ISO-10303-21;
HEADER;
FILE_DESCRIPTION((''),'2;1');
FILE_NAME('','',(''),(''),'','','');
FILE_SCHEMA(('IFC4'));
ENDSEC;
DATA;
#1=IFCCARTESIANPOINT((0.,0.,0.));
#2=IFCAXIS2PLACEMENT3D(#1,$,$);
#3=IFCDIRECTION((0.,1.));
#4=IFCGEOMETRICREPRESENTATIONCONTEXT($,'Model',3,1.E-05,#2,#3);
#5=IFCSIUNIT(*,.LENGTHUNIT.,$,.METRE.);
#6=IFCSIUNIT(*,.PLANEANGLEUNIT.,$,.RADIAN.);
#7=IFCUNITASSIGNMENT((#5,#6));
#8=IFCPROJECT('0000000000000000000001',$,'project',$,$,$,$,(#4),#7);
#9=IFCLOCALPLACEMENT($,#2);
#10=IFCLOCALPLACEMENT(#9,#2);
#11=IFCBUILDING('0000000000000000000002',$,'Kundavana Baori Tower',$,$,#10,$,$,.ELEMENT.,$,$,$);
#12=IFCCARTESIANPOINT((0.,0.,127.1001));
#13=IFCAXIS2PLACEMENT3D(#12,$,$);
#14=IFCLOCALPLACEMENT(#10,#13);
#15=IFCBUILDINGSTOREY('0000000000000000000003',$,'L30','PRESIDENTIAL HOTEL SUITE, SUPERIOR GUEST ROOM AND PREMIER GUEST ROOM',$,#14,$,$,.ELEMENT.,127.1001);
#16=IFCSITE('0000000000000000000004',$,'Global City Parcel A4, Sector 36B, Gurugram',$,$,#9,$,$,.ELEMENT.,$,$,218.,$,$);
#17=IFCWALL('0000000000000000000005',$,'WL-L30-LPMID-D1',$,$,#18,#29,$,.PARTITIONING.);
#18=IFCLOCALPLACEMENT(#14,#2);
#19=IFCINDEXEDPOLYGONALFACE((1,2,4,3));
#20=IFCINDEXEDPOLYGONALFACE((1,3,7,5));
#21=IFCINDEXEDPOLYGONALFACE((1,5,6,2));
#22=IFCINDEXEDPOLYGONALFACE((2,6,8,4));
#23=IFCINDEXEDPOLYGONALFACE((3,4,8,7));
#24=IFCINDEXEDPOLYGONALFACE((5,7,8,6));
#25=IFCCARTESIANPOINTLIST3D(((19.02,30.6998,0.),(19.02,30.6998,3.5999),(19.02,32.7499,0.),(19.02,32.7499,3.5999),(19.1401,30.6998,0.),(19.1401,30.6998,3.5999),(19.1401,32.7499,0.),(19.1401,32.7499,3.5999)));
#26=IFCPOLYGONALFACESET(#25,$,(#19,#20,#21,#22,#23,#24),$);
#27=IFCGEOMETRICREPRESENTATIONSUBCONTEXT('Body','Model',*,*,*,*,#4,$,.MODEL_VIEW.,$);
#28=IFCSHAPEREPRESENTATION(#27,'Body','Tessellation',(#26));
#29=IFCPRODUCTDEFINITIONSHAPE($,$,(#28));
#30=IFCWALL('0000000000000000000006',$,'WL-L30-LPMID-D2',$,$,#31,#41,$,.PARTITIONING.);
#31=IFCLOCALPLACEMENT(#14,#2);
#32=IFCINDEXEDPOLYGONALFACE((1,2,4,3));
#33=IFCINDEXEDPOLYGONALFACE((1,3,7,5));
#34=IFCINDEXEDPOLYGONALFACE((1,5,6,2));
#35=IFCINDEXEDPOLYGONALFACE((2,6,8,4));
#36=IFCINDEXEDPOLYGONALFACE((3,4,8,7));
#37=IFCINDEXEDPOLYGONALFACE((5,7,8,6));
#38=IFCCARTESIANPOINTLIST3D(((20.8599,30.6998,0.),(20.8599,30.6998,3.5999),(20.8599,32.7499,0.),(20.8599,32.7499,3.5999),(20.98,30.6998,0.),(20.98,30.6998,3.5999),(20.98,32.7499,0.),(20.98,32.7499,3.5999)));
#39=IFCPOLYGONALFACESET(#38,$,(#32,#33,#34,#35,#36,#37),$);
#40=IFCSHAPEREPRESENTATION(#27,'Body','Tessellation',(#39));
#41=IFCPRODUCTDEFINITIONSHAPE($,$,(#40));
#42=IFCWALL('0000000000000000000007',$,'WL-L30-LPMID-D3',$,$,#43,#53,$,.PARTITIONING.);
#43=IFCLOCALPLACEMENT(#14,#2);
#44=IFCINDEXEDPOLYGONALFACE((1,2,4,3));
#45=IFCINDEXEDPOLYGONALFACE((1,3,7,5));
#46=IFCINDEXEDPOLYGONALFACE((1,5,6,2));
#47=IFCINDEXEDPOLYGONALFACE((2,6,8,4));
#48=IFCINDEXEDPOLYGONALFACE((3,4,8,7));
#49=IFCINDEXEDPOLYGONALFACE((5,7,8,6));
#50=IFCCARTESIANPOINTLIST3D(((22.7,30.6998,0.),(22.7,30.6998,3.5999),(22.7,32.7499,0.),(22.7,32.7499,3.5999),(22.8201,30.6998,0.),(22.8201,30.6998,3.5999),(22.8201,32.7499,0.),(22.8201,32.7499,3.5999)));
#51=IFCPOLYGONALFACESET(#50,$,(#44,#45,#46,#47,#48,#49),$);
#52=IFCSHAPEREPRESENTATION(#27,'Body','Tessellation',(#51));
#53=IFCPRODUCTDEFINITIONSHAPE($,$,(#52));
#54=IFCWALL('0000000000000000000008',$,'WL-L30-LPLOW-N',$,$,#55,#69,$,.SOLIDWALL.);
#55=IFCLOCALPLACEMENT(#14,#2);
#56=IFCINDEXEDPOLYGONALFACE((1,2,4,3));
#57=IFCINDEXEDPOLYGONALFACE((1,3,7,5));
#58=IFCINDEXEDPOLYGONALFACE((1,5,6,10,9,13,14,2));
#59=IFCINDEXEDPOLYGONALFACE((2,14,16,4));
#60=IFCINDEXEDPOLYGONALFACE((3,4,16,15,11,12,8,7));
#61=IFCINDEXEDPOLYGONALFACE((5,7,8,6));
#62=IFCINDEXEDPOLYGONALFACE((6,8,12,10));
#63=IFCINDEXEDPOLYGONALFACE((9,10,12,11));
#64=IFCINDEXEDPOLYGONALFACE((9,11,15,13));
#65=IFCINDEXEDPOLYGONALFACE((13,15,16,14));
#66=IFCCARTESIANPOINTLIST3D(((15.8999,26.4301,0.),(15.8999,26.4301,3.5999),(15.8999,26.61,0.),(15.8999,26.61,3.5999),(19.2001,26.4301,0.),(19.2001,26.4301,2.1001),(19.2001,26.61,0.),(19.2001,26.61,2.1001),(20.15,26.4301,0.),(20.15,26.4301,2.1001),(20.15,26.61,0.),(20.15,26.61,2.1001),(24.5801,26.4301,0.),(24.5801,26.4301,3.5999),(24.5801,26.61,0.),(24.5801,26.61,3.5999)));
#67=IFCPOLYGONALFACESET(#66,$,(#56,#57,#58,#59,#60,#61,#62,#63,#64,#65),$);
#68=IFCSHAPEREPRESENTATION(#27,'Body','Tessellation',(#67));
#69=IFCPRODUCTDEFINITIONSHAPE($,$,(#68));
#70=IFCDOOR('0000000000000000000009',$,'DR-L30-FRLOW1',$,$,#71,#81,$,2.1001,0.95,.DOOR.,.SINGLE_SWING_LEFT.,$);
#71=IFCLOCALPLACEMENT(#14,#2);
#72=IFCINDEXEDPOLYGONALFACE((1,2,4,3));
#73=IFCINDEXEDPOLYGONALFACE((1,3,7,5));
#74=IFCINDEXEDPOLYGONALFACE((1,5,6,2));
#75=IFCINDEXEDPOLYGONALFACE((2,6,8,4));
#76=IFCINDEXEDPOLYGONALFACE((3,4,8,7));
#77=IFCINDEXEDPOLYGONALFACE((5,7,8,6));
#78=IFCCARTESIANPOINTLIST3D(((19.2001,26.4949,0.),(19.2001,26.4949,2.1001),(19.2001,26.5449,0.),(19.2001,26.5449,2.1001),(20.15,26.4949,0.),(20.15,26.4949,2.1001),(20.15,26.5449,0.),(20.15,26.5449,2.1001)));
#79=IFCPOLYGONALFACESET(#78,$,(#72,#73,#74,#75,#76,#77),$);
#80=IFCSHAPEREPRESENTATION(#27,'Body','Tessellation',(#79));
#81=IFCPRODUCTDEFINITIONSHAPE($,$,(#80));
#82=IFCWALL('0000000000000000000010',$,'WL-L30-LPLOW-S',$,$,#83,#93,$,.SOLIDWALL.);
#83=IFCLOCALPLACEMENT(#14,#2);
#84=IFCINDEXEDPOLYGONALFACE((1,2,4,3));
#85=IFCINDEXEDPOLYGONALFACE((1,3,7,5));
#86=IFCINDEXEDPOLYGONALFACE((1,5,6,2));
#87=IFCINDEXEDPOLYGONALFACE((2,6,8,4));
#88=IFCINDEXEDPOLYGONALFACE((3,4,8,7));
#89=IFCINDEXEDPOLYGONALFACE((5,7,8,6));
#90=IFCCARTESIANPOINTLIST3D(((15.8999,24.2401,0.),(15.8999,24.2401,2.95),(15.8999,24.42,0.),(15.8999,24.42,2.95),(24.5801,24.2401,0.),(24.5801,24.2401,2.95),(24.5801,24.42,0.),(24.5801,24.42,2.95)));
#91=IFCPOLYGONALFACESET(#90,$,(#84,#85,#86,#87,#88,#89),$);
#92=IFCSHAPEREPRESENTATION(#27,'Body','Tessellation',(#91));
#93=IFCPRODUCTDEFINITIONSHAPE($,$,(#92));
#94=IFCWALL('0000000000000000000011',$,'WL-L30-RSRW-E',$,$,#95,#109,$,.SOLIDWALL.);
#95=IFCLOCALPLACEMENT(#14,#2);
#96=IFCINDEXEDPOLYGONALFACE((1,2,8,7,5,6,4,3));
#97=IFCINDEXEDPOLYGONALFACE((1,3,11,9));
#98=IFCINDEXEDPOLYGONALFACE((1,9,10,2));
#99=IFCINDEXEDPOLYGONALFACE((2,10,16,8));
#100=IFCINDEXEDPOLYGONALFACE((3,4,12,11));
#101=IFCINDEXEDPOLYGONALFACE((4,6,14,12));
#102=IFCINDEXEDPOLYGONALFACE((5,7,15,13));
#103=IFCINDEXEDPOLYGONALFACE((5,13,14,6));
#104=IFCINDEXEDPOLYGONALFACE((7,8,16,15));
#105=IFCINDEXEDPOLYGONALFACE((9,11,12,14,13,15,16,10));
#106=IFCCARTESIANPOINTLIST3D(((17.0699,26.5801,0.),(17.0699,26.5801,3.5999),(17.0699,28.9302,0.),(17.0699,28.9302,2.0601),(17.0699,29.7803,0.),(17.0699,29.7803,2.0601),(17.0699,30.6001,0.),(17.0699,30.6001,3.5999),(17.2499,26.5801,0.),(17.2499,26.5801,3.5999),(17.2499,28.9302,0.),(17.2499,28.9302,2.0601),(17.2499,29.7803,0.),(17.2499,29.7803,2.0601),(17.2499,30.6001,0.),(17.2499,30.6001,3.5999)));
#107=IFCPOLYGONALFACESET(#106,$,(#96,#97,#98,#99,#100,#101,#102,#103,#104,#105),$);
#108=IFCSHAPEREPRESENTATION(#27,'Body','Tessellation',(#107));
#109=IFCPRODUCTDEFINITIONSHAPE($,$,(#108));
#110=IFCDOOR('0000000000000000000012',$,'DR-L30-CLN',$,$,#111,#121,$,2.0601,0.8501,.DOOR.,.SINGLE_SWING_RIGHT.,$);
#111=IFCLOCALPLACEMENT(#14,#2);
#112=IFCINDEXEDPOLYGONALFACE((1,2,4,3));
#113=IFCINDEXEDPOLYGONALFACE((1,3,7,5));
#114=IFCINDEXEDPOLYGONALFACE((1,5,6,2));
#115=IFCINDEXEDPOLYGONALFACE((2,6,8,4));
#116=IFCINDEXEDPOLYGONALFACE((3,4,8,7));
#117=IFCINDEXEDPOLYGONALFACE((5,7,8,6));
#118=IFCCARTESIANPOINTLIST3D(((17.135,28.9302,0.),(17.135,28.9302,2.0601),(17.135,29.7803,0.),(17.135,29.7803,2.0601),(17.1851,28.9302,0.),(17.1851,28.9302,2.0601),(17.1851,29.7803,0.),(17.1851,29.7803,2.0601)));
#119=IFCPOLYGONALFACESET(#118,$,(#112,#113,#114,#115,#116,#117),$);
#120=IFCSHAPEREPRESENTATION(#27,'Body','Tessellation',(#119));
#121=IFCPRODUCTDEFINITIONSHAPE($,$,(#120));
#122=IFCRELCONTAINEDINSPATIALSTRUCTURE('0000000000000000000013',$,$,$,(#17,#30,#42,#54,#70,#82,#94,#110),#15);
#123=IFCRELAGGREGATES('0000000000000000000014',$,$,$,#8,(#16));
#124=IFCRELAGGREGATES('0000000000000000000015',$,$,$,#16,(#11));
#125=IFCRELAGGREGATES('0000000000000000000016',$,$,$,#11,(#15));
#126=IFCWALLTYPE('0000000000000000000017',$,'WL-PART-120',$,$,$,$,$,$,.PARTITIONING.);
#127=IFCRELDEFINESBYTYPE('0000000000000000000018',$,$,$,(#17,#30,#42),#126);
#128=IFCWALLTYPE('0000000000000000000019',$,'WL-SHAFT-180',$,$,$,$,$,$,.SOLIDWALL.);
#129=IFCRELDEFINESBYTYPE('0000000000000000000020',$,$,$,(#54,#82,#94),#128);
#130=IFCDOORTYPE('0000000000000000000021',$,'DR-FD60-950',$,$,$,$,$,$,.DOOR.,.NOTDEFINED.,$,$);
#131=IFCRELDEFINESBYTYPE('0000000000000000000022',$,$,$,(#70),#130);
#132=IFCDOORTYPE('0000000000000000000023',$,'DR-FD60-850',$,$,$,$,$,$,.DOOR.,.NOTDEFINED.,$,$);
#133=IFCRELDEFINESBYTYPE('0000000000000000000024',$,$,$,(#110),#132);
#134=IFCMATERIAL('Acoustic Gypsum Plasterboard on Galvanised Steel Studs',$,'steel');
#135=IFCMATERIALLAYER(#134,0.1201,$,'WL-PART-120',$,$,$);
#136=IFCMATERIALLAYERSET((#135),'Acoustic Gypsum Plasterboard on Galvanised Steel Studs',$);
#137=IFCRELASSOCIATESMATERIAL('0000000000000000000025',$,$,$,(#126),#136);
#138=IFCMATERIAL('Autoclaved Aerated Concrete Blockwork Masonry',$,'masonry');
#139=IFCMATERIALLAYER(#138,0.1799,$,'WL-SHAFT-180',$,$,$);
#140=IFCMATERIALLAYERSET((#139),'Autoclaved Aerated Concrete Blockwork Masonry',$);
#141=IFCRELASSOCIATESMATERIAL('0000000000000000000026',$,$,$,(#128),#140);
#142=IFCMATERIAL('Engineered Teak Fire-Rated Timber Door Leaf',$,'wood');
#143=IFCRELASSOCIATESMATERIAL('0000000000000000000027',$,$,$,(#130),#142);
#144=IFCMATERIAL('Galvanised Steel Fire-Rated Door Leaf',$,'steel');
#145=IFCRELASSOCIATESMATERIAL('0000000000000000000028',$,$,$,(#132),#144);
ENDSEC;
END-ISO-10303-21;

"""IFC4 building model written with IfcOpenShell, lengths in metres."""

from ifc_helpers import new_model, si_unit, direction, frame, frame_2d, origin, place, context, subcontext, project, spatial, rectangle, extrude, material, layer, layer_set, type_object, element, fill, save


model = new_model("IFC4")

# Units and contexts
model_context = context("Model", 3, precision=1e-05, world=origin(), true_north=direction((0.0, 1.0)))
body_context = subcontext(model_context, "Body", "Model", "MODEL_VIEW")
ifc_project = project(units=[si_unit("LENGTHUNIT", "METRE"), si_unit("PLANEANGLEUNIT", "RADIAN")], contexts=[model_context])

# Site, building, storey
site_placement = place(None, origin())
site = spatial("IfcSite", under=ifc_project, at=site_placement, Name="Global City Parcel A4, Sector 36B, Gurugram", CompositionType="ELEMENT", RefElevation=218.0)
building_placement = place(site_placement, origin())
building = spatial("IfcBuilding", under=site, at=building_placement, Name="Kundavana Baori Tower", CompositionType="ELEMENT")
storey_placement = place(building_placement, frame((0.0, 0.0, 127.1001)))
storey = spatial("IfcBuildingStorey", under=building, at=storey_placement, Name="L30", Description="PRESIDENTIAL HOTEL SUITE, SUPERIOR GUEST ROOM AND PREMIER GUEST ROOM", CompositionType="ELEMENT", Elevation=127.1001)

# Walls
ifc_material_1 = material(Name="Acoustic Gypsum Plasterboard on Galvanised Steel Studs", Category="steel")
ifc_layer_1 = layer(ifc_material_1, 0.1201, Name="WL-PART-120")
ifc_layer_set_1 = layer_set([ifc_layer_1], Name="Acoustic Gypsum Plasterboard on Galvanised Steel Studs")
wall_type_1 = type_object("IfcWallType", Name="WL-PART-120", PredefinedType="PARTITIONING", material=ifc_layer_set_1)
for number, where, z_axis, x_axis, name in (
    (1, (19.0801, 30.7, 0.0), (0.0, 0.0, 1.0), (0.0, 1.0, 0.0), "WL-L30-LPMID-D1"),
    (2, (20.9199, 30.7, 0.0), (0.0, 0.0, 1.0), (0.0, 1.0, 0.0), "WL-L30-LPMID-D2"),
    (3, (22.76, 30.7, 0.0), (0.0, 0.0, 1.0), (0.0, 1.0, 0.0), "WL-L30-LPMID-D3"),
):
    element("IfcWall", number, at=place(storey_placement, frame(where, z_axis=z_axis, x_axis=x_axis)), inside=storey, type_object=wall_type_1, Name=name, PredefinedType="PARTITIONING", context=body_context, shape_type="SweptSolid", body=[
        extrude(rectangle(XDim=2.05, YDim=0.1201, at=frame_2d((1.0249, 0.0))), origin(), (0.0, 0.0, 1.0), 3.5999),
    ])

# Wall, opening, door
ifc_material_2 = material(Name="Autoclaved Aerated Concrete Blockwork Masonry", Category="masonry")
ifc_layer_2 = layer(ifc_material_2, 0.1799, Name="WL-SHAFT-180")
ifc_layer_set_2 = layer_set([ifc_layer_2], Name="Autoclaved Aerated Concrete Blockwork Masonry")
wall_type_2 = type_object("IfcWallType", Name="WL-SHAFT-180", PredefinedType="SOLIDWALL", material=ifc_layer_set_2)
wall_1_placement = place(storey_placement, frame((15.8999, 26.52, 0.0), z_axis=(0.0, 0.0, 1.0), x_axis=(1.0, 0.0, 0.0)))
wall_1 = element("IfcWall", 4, at=wall_1_placement, inside=storey, type_object=wall_type_2, Name="WL-L30-LPLOW-N", PredefinedType="SOLIDWALL", context=body_context, shape_type="SweptSolid", body=[
    extrude(rectangle(XDim=8.6802, YDim=0.1799, at=frame_2d((4.3401, 0.0))), origin(), (0.0, 0.0, 1.0), 3.5999),
])
opening_1_placement = place(wall_1_placement, frame((3.3, 0.0, 0.0)))
opening_1 = element("IfcOpeningElement", 5, at=opening_1_placement, cuts=wall_1, PredefinedType="OPENING", context=body_context, shape_type="SweptSolid", body=[
    extrude(rectangle(XDim=0.95, YDim=2.1001, at=frame_2d((0.4751, 1.05))), frame((0.0, 0.1001, 0.0), z_axis=(0.0, -1.0, 0.0), x_axis=(1.0, 0.0, 0.0)), (0.0, 0.0, 1.0), 0.2),
])
ifc_material_3 = material(Name="Engineered Teak Fire-Rated Timber Door Leaf", Category="wood")
door_type_1 = type_object("IfcDoorType", Name="DR-FD60-950", OperationType="NOTDEFINED", PredefinedType="DOOR", material=ifc_material_3)
door_1_placement = place(opening_1_placement, origin())
door_1 = element("IfcDoor", 6, at=door_1_placement, inside=storey, type_object=door_type_1, Name="DR-L30-FRLOW1", OperationType="SINGLE_SWING_LEFT", OverallHeight=2.1001, OverallWidth=0.95, PredefinedType="DOOR", context=body_context, shape_type="SweptSolid", body=[
    extrude(rectangle(XDim=0.95, YDim=2.1001, at=frame_2d((0.4751, 1.05))), frame((0.0, 0.0249, 0.0), z_axis=(0.0, -1.0, 0.0), x_axis=(1.0, 0.0, 0.0)), (0.0, 0.0, 1.0), 0.05),
])
fill(opening_1, door_1)

# Wall
wall_2_placement = place(storey_placement, frame((15.8999, 24.3301, 0.0), z_axis=(0.0, 0.0, 1.0), x_axis=(1.0, 0.0, 0.0)))
element("IfcWall", 7, at=wall_2_placement, inside=storey, type_object=wall_type_2, Name="WL-L30-LPLOW-S", PredefinedType="SOLIDWALL", context=body_context, shape_type="SweptSolid", body=[
    extrude(rectangle(XDim=8.6802, YDim=0.1799, at=frame_2d((4.3401, 0.0))), origin(), (0.0, 0.0, 1.0), 2.95),
])

# Wall, opening, door
wall_3_placement = place(storey_placement, frame((17.1599, 26.5801, 0.0), z_axis=(0.0, 0.0, 1.0), x_axis=(0.0, 1.0, 0.0)))
wall_3 = element("IfcWall", 8, at=wall_3_placement, inside=storey, type_object=wall_type_2, Name="WL-L30-RSRW-E", PredefinedType="SOLIDWALL", context=body_context, shape_type="SweptSolid", body=[
    extrude(rectangle(XDim=4.02, YDim=0.1799, at=frame_2d((2.01, 0.0))), origin(), (0.0, 0.0, 1.0), 3.5999),
])
opening_2_placement = place(wall_3_placement, frame((2.3501, 0.0, 0.0)))
opening_2 = element("IfcOpeningElement", 9, at=opening_2_placement, cuts=wall_3, PredefinedType="OPENING", context=body_context, shape_type="SweptSolid", body=[
    extrude(rectangle(XDim=0.8501, YDim=2.0601, at=frame_2d((0.425, 1.03))), frame((0.0, 0.1001, 0.0), z_axis=(0.0, -1.0, 0.0), x_axis=(1.0, 0.0, 0.0)), (0.0, 0.0, 1.0), 0.2),
])
ifc_material_4 = material(Name="Galvanised Steel Fire-Rated Door Leaf", Category="steel")
door_type_2 = type_object("IfcDoorType", Name="DR-FD60-850", OperationType="NOTDEFINED", PredefinedType="DOOR", material=ifc_material_4)
door_2_placement = place(opening_2_placement, origin())
door_2 = element("IfcDoor", 10, at=door_2_placement, inside=storey, type_object=door_type_2, Name="DR-L30-CLN", OperationType="SINGLE_SWING_RIGHT", OverallHeight=2.0601, OverallWidth=0.8501, PredefinedType="DOOR", context=body_context, shape_type="SweptSolid", body=[
    extrude(rectangle(XDim=0.8501, YDim=2.0601, at=frame_2d((0.425, 1.03))), frame((0.0, 0.0249, 0.0), z_axis=(0.0, -1.0, 0.0), x_axis=(1.0, 0.0, 0.0)), (0.0, 0.0, 1.0), 0.05),
])
fill(opening_2, door_2)

save(model, "model.ifc")
